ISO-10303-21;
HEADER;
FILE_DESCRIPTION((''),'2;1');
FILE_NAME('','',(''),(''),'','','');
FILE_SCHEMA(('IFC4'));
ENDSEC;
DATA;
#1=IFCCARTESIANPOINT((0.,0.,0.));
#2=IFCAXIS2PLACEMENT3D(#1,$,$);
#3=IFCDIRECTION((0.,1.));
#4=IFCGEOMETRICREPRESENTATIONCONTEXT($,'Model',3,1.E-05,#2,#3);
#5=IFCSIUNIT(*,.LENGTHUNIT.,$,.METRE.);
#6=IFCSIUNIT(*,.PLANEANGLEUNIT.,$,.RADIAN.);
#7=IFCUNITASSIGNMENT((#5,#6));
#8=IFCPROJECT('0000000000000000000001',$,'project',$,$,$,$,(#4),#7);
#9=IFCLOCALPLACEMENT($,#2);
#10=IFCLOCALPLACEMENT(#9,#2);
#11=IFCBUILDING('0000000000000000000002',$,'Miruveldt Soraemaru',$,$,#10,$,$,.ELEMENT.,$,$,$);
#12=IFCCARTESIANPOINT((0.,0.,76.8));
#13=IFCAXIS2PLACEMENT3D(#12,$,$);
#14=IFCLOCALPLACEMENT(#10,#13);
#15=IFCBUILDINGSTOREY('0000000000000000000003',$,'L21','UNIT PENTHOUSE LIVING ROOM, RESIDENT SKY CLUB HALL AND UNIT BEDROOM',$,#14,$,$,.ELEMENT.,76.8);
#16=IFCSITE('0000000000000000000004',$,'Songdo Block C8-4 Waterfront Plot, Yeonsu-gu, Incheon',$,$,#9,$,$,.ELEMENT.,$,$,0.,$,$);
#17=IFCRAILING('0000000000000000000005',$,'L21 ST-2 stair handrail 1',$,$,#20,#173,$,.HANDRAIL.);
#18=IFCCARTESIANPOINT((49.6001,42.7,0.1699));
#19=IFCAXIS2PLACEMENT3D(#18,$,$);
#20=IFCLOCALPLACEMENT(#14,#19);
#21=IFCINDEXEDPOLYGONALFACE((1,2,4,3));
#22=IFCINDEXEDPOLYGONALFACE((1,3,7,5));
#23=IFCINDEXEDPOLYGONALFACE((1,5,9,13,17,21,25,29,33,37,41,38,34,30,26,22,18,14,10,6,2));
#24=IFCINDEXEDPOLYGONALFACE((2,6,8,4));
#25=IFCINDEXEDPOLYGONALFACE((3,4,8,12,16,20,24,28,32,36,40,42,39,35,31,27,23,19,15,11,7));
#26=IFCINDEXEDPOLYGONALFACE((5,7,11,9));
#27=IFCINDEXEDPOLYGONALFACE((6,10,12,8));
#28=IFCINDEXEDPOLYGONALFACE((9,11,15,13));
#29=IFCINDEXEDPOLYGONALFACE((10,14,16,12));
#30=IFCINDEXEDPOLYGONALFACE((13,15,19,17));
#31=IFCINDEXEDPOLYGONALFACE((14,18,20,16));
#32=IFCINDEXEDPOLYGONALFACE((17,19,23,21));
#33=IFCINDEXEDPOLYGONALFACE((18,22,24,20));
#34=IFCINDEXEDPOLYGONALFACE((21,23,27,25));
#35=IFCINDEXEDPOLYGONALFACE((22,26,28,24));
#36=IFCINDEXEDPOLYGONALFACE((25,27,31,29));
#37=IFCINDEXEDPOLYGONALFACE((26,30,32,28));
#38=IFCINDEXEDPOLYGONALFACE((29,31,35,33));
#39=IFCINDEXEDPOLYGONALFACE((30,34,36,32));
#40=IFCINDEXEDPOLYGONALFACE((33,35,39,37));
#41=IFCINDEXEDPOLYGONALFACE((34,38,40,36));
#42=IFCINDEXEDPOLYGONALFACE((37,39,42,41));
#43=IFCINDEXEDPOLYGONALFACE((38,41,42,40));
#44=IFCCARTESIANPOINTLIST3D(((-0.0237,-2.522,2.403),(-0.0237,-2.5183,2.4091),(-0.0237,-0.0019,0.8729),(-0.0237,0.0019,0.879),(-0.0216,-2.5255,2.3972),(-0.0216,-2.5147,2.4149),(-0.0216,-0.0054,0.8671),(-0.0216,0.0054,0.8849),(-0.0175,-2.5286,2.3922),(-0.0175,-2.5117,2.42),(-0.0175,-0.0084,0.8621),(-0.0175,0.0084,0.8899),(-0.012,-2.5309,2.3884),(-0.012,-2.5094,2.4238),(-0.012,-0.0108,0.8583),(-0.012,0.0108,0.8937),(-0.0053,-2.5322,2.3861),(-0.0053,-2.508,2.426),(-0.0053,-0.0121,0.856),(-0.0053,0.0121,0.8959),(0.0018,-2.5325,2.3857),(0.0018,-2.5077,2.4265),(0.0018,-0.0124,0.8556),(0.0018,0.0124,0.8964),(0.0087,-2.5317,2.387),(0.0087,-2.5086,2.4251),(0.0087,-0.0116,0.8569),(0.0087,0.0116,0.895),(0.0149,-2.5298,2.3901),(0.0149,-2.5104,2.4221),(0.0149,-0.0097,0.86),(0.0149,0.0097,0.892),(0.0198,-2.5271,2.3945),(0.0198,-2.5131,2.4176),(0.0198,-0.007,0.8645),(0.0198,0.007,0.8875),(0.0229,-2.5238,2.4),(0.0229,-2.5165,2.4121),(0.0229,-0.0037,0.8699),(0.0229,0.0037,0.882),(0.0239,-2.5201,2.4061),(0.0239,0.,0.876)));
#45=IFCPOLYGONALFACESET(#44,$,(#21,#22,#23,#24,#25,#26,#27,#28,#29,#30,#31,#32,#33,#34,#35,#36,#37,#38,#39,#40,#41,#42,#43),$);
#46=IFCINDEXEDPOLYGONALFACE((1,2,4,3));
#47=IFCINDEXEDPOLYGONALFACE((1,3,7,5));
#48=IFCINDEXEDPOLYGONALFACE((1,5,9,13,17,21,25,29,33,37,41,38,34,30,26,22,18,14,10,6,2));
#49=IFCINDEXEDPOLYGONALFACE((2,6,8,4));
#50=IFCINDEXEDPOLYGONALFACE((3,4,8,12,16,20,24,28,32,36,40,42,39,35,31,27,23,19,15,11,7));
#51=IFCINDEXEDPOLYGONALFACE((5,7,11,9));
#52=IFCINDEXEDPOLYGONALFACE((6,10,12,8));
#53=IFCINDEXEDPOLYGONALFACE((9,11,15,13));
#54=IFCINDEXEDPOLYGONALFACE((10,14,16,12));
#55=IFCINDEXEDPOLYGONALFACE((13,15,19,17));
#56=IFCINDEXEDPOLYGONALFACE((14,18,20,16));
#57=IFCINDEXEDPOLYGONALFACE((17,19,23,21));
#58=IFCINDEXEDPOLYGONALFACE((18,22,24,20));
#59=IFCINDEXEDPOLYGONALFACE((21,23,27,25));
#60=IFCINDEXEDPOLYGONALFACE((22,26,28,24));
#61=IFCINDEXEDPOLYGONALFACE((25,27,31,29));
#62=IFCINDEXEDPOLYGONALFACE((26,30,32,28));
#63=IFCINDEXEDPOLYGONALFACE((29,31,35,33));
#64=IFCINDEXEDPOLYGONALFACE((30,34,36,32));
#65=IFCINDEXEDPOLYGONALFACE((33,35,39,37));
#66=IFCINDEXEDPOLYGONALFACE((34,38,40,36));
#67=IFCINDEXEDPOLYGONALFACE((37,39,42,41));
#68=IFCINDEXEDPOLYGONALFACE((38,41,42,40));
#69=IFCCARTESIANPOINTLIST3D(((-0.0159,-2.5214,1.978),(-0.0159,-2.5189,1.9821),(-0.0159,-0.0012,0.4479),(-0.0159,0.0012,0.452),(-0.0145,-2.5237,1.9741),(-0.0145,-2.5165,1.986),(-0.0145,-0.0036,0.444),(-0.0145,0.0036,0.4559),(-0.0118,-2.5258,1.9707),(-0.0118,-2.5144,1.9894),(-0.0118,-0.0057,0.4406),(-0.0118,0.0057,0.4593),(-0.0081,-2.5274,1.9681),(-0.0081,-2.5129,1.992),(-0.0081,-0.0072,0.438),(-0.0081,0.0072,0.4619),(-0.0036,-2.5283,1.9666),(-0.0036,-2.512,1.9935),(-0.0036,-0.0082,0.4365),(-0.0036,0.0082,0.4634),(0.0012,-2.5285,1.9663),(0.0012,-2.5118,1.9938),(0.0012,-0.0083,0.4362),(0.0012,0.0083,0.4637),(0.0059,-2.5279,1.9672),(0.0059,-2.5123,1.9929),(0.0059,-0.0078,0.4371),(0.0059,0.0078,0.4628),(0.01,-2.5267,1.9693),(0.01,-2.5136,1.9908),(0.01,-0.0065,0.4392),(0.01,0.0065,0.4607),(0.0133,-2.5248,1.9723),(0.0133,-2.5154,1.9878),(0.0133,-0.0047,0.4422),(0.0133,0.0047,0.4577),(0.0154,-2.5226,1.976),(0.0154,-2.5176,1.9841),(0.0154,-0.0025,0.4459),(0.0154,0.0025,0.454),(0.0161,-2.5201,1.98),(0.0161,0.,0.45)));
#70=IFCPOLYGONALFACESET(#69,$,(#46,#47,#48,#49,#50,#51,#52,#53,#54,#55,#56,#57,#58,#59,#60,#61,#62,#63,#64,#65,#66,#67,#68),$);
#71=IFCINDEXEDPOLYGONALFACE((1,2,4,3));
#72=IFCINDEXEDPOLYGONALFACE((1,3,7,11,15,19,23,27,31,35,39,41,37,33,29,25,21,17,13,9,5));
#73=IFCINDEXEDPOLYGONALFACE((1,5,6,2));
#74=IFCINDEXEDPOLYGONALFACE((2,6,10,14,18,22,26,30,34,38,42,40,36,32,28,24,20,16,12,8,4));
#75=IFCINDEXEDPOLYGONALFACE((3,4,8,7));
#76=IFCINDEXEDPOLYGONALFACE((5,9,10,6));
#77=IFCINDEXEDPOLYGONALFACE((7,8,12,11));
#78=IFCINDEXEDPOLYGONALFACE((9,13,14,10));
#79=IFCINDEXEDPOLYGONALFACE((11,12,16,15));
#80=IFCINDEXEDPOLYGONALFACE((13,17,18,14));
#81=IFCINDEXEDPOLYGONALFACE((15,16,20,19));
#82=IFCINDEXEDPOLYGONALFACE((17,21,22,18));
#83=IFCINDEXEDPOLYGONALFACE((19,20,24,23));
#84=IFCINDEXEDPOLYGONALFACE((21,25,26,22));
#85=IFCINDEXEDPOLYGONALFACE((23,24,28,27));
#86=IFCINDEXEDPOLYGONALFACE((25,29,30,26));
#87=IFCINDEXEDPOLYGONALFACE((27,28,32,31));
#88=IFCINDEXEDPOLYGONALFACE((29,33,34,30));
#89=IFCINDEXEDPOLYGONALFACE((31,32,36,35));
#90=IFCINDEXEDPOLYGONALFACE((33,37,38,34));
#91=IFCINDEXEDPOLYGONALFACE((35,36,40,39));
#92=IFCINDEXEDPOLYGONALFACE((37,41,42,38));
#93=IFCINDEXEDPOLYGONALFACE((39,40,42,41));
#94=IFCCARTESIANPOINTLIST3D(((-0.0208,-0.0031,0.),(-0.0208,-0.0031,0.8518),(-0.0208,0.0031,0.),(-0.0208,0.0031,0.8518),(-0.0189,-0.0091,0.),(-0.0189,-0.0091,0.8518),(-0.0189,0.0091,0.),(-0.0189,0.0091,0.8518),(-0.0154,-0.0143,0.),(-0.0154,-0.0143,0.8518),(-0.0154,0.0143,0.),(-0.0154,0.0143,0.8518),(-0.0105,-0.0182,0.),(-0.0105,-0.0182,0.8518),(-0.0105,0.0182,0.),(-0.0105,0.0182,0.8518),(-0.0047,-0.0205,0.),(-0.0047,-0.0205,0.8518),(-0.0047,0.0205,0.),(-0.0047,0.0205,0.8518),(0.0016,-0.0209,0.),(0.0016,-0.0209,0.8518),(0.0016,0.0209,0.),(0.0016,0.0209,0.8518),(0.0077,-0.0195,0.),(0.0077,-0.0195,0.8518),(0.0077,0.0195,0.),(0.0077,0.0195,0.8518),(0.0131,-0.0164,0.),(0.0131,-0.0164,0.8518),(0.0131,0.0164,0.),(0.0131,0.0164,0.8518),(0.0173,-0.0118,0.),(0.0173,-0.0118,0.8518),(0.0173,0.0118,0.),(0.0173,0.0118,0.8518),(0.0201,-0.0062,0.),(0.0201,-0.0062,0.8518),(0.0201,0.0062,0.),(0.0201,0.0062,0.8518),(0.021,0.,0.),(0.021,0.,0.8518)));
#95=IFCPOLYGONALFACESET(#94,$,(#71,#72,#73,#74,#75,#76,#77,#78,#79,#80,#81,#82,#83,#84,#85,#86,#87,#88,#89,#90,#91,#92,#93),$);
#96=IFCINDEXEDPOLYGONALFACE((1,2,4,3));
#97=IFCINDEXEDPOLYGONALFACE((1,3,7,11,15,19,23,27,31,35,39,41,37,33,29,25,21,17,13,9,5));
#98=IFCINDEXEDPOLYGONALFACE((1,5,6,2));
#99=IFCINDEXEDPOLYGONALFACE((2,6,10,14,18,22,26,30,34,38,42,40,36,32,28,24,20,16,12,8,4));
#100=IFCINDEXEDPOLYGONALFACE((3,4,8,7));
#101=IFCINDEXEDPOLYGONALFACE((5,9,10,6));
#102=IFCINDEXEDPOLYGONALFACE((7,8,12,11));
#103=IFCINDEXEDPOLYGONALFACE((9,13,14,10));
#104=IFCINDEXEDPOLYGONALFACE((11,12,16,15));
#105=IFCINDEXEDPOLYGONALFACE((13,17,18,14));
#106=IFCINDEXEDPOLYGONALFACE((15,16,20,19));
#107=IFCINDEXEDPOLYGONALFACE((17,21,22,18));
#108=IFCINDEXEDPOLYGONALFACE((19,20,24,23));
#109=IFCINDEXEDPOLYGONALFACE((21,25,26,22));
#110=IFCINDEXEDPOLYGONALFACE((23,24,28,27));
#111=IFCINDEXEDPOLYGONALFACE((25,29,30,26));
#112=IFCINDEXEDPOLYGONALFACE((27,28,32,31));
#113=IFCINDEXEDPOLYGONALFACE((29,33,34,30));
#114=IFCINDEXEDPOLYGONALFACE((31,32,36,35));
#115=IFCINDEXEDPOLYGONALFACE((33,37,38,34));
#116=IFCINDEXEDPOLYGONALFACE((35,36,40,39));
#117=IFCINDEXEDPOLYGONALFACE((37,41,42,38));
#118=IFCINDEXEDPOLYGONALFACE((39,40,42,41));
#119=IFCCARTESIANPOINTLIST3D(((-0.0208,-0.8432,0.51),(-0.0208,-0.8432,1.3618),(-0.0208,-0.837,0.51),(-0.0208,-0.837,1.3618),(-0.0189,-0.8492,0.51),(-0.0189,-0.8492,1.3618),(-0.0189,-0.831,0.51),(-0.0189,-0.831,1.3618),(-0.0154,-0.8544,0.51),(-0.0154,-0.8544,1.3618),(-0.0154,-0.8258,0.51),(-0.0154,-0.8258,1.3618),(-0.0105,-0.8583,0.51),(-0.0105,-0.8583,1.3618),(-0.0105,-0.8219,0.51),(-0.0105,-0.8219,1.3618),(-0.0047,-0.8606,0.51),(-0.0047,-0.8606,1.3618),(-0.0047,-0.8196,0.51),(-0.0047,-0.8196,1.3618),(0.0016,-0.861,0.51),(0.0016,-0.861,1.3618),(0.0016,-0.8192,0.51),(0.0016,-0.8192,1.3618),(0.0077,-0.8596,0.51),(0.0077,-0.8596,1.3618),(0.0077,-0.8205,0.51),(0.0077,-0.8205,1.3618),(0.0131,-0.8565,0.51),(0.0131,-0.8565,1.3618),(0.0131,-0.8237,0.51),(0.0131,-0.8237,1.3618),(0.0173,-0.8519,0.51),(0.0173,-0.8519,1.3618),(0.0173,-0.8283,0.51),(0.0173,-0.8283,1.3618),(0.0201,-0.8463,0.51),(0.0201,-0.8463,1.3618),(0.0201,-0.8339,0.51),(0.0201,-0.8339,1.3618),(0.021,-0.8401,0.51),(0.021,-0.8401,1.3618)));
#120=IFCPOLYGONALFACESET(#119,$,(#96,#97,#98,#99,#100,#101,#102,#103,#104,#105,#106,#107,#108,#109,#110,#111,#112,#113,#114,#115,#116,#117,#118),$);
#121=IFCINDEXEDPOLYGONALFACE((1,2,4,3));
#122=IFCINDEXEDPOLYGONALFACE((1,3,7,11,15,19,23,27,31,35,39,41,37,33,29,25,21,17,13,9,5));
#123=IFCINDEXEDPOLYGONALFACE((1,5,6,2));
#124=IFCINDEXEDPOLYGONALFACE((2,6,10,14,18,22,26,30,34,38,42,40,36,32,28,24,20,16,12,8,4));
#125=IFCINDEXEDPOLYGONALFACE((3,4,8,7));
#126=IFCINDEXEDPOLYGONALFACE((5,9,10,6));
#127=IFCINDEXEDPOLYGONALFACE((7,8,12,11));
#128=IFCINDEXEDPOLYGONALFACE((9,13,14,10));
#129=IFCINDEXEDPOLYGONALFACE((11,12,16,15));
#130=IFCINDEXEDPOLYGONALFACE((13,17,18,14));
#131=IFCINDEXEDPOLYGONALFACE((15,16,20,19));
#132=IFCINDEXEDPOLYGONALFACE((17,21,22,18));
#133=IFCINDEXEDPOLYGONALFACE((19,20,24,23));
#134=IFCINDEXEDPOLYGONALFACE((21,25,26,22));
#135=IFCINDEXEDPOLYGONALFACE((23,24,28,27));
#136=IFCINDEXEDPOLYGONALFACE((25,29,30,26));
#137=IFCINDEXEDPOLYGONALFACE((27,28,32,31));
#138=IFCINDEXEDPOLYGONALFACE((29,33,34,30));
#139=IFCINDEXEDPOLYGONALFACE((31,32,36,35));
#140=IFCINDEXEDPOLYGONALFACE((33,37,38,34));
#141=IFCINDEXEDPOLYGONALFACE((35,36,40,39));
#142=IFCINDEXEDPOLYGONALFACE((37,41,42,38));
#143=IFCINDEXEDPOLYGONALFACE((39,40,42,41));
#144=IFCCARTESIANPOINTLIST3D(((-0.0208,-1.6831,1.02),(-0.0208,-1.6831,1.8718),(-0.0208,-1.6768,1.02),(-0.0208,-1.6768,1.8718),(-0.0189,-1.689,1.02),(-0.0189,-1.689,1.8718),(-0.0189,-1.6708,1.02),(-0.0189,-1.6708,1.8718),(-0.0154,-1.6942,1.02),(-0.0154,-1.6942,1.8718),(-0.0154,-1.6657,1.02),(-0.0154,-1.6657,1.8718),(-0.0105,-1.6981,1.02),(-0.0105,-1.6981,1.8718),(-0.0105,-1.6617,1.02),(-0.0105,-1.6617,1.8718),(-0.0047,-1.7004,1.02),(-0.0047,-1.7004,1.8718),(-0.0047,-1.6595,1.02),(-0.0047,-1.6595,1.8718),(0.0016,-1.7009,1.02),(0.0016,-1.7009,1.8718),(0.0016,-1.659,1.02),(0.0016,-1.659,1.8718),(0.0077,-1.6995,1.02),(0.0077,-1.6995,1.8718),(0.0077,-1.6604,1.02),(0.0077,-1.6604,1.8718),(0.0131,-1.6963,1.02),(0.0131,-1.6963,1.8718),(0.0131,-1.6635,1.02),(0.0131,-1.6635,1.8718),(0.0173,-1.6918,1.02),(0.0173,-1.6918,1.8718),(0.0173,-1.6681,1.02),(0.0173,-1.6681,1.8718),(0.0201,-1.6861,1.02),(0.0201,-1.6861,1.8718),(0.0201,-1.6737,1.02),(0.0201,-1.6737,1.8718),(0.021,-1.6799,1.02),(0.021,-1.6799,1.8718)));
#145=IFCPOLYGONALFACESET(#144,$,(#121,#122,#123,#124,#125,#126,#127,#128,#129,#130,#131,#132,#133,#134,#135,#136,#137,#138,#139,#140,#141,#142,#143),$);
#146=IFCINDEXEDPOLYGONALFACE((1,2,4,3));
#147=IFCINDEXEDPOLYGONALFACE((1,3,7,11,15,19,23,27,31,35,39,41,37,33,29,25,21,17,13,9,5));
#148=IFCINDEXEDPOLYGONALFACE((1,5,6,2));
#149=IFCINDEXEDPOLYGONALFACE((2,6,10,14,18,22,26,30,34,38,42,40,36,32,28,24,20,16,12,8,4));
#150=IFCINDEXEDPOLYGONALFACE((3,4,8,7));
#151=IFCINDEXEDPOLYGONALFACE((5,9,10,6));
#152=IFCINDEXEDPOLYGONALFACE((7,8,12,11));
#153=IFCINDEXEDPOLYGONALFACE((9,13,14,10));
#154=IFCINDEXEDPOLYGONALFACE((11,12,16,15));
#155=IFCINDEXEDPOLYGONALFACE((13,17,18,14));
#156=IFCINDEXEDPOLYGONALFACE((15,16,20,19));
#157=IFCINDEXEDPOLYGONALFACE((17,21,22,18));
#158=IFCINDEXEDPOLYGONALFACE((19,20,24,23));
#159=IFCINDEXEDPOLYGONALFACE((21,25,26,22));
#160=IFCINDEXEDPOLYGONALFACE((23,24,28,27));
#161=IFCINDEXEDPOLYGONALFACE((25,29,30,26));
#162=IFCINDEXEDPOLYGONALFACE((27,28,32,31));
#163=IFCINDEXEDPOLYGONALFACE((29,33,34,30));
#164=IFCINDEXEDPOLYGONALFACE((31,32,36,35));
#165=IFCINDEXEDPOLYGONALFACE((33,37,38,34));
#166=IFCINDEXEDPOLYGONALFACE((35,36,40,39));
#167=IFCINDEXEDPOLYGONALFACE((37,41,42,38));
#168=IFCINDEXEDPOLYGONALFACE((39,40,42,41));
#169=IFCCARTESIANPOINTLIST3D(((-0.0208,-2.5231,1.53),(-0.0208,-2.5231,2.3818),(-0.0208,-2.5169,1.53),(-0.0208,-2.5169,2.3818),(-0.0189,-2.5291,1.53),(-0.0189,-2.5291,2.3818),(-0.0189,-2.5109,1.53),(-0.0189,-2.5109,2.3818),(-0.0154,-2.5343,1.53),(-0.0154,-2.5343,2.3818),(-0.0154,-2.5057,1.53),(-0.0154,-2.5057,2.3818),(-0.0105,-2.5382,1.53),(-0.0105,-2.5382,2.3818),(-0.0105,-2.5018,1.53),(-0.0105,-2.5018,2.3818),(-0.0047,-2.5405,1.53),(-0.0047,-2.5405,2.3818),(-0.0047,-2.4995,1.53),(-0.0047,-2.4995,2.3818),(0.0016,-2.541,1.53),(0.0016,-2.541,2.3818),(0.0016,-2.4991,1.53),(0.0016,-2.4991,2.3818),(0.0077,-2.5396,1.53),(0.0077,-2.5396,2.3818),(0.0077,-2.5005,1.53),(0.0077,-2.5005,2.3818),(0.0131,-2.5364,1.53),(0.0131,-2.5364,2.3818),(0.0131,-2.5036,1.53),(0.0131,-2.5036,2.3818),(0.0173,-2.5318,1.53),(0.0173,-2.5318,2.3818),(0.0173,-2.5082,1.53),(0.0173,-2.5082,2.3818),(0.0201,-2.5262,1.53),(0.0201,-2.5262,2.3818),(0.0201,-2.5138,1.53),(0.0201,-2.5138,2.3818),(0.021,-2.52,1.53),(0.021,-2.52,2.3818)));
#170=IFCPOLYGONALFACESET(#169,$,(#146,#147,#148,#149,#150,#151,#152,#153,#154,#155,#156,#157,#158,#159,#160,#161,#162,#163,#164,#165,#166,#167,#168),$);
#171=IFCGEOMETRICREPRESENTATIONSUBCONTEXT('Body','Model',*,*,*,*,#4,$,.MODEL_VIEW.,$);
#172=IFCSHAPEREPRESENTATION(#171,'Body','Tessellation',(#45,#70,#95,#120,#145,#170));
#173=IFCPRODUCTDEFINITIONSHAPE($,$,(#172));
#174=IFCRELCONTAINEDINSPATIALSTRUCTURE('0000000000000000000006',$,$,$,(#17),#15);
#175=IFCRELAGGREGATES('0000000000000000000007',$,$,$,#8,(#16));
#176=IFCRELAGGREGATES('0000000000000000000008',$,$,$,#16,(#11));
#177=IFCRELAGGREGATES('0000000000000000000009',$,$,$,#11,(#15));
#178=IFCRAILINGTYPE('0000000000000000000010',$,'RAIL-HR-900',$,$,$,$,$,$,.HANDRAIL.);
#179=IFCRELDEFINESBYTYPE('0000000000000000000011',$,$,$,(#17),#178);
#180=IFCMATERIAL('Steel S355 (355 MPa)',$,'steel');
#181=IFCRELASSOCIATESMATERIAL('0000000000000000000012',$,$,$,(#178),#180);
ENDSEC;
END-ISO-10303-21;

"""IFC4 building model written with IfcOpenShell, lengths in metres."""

from ifc_helpers import new_model, si_unit, direction, frame, origin, origin_2d, place, context, subcontext, project, spatial, circle, extrude, material, type_object, element, save


model = new_model("IFC4")

# Units and contexts
model_context = context("Model", 3, precision=1e-05, world=origin(), true_north=direction((0.0, 1.0)))
body_context = subcontext(model_context, "Body", "Model", "MODEL_VIEW")
ifc_project = project(units=[si_unit("LENGTHUNIT", "METRE"), si_unit("PLANEANGLEUNIT", "RADIAN")], contexts=[model_context])

# Site, building, storey
site_placement = place(None, origin())
site = spatial("IfcSite", under=ifc_project, at=site_placement, Name="Songdo Block C8-4 Waterfront Plot, Yeonsu-gu, Incheon", CompositionType="ELEMENT", RefElevation=0.0)
building_placement = place(site_placement, origin())
building = spatial("IfcBuilding", under=site, at=building_placement, Name="Miruveldt Soraemaru", CompositionType="ELEMENT")
storey_placement = place(building_placement, frame((0.0, 0.0, 76.8)))
storey = spatial("IfcBuildingStorey", under=building, at=storey_placement, Name="L21", Description="UNIT PENTHOUSE LIVING ROOM, RESIDENT SKY CLUB HALL AND UNIT BEDROOM", CompositionType="ELEMENT", Elevation=76.8)

# Railing
ifc_material_1 = material(Name="Steel S355 (355 MPa)", Category="steel")
railing_type_1 = type_object("IfcRailingType", Name="RAIL-HR-900", PredefinedType="HANDRAIL", material=ifc_material_1)
railing_1_placement = place(storey_placement, frame((49.6001, 42.7, 0.1699)))
element("IfcRailing", 1, at=railing_1_placement, inside=storey, type_object=railing_type_1, Name="L21 ST-2 stair handrail 1", PredefinedType="HANDRAIL", context=body_context, shape_type="SweptSolid", body=[
    extrude(circle(Radius=0.0239, at=origin_2d()), frame((0.0, 0.0, 0.876), z_axis=(0.0, -0.854785, 0.518982), x_axis=(1.0, 0.0, 0.0)), (0.0, 0.0, 1.0), 2.9482),
    extrude(circle(Radius=0.0161, at=origin_2d()), frame((0.0, 0.0, 0.45), z_axis=(0.0, -0.854785, 0.518982), x_axis=(1.0, 0.0, 0.0)), (0.0, 0.0, 1.0), 2.9482),
    extrude(circle(Radius=0.021, at=origin_2d()), origin(), (0.0, 0.0, 1.0), 0.8518),
    extrude(circle(Radius=0.021, at=origin_2d()), frame((0.0, -0.8401, 0.51)), (0.0, 0.0, 1.0), 0.8518),
    extrude(circle(Radius=0.021, at=origin_2d()), frame((0.0, -1.6799, 1.02)), (0.0, 0.0, 1.0), 0.8518),
    extrude(circle(Radius=0.021, at=origin_2d()), frame((0.0, -2.52, 1.53)), (0.0, 0.0, 1.0), 0.8518),
])

save(model, "model.ifc")
